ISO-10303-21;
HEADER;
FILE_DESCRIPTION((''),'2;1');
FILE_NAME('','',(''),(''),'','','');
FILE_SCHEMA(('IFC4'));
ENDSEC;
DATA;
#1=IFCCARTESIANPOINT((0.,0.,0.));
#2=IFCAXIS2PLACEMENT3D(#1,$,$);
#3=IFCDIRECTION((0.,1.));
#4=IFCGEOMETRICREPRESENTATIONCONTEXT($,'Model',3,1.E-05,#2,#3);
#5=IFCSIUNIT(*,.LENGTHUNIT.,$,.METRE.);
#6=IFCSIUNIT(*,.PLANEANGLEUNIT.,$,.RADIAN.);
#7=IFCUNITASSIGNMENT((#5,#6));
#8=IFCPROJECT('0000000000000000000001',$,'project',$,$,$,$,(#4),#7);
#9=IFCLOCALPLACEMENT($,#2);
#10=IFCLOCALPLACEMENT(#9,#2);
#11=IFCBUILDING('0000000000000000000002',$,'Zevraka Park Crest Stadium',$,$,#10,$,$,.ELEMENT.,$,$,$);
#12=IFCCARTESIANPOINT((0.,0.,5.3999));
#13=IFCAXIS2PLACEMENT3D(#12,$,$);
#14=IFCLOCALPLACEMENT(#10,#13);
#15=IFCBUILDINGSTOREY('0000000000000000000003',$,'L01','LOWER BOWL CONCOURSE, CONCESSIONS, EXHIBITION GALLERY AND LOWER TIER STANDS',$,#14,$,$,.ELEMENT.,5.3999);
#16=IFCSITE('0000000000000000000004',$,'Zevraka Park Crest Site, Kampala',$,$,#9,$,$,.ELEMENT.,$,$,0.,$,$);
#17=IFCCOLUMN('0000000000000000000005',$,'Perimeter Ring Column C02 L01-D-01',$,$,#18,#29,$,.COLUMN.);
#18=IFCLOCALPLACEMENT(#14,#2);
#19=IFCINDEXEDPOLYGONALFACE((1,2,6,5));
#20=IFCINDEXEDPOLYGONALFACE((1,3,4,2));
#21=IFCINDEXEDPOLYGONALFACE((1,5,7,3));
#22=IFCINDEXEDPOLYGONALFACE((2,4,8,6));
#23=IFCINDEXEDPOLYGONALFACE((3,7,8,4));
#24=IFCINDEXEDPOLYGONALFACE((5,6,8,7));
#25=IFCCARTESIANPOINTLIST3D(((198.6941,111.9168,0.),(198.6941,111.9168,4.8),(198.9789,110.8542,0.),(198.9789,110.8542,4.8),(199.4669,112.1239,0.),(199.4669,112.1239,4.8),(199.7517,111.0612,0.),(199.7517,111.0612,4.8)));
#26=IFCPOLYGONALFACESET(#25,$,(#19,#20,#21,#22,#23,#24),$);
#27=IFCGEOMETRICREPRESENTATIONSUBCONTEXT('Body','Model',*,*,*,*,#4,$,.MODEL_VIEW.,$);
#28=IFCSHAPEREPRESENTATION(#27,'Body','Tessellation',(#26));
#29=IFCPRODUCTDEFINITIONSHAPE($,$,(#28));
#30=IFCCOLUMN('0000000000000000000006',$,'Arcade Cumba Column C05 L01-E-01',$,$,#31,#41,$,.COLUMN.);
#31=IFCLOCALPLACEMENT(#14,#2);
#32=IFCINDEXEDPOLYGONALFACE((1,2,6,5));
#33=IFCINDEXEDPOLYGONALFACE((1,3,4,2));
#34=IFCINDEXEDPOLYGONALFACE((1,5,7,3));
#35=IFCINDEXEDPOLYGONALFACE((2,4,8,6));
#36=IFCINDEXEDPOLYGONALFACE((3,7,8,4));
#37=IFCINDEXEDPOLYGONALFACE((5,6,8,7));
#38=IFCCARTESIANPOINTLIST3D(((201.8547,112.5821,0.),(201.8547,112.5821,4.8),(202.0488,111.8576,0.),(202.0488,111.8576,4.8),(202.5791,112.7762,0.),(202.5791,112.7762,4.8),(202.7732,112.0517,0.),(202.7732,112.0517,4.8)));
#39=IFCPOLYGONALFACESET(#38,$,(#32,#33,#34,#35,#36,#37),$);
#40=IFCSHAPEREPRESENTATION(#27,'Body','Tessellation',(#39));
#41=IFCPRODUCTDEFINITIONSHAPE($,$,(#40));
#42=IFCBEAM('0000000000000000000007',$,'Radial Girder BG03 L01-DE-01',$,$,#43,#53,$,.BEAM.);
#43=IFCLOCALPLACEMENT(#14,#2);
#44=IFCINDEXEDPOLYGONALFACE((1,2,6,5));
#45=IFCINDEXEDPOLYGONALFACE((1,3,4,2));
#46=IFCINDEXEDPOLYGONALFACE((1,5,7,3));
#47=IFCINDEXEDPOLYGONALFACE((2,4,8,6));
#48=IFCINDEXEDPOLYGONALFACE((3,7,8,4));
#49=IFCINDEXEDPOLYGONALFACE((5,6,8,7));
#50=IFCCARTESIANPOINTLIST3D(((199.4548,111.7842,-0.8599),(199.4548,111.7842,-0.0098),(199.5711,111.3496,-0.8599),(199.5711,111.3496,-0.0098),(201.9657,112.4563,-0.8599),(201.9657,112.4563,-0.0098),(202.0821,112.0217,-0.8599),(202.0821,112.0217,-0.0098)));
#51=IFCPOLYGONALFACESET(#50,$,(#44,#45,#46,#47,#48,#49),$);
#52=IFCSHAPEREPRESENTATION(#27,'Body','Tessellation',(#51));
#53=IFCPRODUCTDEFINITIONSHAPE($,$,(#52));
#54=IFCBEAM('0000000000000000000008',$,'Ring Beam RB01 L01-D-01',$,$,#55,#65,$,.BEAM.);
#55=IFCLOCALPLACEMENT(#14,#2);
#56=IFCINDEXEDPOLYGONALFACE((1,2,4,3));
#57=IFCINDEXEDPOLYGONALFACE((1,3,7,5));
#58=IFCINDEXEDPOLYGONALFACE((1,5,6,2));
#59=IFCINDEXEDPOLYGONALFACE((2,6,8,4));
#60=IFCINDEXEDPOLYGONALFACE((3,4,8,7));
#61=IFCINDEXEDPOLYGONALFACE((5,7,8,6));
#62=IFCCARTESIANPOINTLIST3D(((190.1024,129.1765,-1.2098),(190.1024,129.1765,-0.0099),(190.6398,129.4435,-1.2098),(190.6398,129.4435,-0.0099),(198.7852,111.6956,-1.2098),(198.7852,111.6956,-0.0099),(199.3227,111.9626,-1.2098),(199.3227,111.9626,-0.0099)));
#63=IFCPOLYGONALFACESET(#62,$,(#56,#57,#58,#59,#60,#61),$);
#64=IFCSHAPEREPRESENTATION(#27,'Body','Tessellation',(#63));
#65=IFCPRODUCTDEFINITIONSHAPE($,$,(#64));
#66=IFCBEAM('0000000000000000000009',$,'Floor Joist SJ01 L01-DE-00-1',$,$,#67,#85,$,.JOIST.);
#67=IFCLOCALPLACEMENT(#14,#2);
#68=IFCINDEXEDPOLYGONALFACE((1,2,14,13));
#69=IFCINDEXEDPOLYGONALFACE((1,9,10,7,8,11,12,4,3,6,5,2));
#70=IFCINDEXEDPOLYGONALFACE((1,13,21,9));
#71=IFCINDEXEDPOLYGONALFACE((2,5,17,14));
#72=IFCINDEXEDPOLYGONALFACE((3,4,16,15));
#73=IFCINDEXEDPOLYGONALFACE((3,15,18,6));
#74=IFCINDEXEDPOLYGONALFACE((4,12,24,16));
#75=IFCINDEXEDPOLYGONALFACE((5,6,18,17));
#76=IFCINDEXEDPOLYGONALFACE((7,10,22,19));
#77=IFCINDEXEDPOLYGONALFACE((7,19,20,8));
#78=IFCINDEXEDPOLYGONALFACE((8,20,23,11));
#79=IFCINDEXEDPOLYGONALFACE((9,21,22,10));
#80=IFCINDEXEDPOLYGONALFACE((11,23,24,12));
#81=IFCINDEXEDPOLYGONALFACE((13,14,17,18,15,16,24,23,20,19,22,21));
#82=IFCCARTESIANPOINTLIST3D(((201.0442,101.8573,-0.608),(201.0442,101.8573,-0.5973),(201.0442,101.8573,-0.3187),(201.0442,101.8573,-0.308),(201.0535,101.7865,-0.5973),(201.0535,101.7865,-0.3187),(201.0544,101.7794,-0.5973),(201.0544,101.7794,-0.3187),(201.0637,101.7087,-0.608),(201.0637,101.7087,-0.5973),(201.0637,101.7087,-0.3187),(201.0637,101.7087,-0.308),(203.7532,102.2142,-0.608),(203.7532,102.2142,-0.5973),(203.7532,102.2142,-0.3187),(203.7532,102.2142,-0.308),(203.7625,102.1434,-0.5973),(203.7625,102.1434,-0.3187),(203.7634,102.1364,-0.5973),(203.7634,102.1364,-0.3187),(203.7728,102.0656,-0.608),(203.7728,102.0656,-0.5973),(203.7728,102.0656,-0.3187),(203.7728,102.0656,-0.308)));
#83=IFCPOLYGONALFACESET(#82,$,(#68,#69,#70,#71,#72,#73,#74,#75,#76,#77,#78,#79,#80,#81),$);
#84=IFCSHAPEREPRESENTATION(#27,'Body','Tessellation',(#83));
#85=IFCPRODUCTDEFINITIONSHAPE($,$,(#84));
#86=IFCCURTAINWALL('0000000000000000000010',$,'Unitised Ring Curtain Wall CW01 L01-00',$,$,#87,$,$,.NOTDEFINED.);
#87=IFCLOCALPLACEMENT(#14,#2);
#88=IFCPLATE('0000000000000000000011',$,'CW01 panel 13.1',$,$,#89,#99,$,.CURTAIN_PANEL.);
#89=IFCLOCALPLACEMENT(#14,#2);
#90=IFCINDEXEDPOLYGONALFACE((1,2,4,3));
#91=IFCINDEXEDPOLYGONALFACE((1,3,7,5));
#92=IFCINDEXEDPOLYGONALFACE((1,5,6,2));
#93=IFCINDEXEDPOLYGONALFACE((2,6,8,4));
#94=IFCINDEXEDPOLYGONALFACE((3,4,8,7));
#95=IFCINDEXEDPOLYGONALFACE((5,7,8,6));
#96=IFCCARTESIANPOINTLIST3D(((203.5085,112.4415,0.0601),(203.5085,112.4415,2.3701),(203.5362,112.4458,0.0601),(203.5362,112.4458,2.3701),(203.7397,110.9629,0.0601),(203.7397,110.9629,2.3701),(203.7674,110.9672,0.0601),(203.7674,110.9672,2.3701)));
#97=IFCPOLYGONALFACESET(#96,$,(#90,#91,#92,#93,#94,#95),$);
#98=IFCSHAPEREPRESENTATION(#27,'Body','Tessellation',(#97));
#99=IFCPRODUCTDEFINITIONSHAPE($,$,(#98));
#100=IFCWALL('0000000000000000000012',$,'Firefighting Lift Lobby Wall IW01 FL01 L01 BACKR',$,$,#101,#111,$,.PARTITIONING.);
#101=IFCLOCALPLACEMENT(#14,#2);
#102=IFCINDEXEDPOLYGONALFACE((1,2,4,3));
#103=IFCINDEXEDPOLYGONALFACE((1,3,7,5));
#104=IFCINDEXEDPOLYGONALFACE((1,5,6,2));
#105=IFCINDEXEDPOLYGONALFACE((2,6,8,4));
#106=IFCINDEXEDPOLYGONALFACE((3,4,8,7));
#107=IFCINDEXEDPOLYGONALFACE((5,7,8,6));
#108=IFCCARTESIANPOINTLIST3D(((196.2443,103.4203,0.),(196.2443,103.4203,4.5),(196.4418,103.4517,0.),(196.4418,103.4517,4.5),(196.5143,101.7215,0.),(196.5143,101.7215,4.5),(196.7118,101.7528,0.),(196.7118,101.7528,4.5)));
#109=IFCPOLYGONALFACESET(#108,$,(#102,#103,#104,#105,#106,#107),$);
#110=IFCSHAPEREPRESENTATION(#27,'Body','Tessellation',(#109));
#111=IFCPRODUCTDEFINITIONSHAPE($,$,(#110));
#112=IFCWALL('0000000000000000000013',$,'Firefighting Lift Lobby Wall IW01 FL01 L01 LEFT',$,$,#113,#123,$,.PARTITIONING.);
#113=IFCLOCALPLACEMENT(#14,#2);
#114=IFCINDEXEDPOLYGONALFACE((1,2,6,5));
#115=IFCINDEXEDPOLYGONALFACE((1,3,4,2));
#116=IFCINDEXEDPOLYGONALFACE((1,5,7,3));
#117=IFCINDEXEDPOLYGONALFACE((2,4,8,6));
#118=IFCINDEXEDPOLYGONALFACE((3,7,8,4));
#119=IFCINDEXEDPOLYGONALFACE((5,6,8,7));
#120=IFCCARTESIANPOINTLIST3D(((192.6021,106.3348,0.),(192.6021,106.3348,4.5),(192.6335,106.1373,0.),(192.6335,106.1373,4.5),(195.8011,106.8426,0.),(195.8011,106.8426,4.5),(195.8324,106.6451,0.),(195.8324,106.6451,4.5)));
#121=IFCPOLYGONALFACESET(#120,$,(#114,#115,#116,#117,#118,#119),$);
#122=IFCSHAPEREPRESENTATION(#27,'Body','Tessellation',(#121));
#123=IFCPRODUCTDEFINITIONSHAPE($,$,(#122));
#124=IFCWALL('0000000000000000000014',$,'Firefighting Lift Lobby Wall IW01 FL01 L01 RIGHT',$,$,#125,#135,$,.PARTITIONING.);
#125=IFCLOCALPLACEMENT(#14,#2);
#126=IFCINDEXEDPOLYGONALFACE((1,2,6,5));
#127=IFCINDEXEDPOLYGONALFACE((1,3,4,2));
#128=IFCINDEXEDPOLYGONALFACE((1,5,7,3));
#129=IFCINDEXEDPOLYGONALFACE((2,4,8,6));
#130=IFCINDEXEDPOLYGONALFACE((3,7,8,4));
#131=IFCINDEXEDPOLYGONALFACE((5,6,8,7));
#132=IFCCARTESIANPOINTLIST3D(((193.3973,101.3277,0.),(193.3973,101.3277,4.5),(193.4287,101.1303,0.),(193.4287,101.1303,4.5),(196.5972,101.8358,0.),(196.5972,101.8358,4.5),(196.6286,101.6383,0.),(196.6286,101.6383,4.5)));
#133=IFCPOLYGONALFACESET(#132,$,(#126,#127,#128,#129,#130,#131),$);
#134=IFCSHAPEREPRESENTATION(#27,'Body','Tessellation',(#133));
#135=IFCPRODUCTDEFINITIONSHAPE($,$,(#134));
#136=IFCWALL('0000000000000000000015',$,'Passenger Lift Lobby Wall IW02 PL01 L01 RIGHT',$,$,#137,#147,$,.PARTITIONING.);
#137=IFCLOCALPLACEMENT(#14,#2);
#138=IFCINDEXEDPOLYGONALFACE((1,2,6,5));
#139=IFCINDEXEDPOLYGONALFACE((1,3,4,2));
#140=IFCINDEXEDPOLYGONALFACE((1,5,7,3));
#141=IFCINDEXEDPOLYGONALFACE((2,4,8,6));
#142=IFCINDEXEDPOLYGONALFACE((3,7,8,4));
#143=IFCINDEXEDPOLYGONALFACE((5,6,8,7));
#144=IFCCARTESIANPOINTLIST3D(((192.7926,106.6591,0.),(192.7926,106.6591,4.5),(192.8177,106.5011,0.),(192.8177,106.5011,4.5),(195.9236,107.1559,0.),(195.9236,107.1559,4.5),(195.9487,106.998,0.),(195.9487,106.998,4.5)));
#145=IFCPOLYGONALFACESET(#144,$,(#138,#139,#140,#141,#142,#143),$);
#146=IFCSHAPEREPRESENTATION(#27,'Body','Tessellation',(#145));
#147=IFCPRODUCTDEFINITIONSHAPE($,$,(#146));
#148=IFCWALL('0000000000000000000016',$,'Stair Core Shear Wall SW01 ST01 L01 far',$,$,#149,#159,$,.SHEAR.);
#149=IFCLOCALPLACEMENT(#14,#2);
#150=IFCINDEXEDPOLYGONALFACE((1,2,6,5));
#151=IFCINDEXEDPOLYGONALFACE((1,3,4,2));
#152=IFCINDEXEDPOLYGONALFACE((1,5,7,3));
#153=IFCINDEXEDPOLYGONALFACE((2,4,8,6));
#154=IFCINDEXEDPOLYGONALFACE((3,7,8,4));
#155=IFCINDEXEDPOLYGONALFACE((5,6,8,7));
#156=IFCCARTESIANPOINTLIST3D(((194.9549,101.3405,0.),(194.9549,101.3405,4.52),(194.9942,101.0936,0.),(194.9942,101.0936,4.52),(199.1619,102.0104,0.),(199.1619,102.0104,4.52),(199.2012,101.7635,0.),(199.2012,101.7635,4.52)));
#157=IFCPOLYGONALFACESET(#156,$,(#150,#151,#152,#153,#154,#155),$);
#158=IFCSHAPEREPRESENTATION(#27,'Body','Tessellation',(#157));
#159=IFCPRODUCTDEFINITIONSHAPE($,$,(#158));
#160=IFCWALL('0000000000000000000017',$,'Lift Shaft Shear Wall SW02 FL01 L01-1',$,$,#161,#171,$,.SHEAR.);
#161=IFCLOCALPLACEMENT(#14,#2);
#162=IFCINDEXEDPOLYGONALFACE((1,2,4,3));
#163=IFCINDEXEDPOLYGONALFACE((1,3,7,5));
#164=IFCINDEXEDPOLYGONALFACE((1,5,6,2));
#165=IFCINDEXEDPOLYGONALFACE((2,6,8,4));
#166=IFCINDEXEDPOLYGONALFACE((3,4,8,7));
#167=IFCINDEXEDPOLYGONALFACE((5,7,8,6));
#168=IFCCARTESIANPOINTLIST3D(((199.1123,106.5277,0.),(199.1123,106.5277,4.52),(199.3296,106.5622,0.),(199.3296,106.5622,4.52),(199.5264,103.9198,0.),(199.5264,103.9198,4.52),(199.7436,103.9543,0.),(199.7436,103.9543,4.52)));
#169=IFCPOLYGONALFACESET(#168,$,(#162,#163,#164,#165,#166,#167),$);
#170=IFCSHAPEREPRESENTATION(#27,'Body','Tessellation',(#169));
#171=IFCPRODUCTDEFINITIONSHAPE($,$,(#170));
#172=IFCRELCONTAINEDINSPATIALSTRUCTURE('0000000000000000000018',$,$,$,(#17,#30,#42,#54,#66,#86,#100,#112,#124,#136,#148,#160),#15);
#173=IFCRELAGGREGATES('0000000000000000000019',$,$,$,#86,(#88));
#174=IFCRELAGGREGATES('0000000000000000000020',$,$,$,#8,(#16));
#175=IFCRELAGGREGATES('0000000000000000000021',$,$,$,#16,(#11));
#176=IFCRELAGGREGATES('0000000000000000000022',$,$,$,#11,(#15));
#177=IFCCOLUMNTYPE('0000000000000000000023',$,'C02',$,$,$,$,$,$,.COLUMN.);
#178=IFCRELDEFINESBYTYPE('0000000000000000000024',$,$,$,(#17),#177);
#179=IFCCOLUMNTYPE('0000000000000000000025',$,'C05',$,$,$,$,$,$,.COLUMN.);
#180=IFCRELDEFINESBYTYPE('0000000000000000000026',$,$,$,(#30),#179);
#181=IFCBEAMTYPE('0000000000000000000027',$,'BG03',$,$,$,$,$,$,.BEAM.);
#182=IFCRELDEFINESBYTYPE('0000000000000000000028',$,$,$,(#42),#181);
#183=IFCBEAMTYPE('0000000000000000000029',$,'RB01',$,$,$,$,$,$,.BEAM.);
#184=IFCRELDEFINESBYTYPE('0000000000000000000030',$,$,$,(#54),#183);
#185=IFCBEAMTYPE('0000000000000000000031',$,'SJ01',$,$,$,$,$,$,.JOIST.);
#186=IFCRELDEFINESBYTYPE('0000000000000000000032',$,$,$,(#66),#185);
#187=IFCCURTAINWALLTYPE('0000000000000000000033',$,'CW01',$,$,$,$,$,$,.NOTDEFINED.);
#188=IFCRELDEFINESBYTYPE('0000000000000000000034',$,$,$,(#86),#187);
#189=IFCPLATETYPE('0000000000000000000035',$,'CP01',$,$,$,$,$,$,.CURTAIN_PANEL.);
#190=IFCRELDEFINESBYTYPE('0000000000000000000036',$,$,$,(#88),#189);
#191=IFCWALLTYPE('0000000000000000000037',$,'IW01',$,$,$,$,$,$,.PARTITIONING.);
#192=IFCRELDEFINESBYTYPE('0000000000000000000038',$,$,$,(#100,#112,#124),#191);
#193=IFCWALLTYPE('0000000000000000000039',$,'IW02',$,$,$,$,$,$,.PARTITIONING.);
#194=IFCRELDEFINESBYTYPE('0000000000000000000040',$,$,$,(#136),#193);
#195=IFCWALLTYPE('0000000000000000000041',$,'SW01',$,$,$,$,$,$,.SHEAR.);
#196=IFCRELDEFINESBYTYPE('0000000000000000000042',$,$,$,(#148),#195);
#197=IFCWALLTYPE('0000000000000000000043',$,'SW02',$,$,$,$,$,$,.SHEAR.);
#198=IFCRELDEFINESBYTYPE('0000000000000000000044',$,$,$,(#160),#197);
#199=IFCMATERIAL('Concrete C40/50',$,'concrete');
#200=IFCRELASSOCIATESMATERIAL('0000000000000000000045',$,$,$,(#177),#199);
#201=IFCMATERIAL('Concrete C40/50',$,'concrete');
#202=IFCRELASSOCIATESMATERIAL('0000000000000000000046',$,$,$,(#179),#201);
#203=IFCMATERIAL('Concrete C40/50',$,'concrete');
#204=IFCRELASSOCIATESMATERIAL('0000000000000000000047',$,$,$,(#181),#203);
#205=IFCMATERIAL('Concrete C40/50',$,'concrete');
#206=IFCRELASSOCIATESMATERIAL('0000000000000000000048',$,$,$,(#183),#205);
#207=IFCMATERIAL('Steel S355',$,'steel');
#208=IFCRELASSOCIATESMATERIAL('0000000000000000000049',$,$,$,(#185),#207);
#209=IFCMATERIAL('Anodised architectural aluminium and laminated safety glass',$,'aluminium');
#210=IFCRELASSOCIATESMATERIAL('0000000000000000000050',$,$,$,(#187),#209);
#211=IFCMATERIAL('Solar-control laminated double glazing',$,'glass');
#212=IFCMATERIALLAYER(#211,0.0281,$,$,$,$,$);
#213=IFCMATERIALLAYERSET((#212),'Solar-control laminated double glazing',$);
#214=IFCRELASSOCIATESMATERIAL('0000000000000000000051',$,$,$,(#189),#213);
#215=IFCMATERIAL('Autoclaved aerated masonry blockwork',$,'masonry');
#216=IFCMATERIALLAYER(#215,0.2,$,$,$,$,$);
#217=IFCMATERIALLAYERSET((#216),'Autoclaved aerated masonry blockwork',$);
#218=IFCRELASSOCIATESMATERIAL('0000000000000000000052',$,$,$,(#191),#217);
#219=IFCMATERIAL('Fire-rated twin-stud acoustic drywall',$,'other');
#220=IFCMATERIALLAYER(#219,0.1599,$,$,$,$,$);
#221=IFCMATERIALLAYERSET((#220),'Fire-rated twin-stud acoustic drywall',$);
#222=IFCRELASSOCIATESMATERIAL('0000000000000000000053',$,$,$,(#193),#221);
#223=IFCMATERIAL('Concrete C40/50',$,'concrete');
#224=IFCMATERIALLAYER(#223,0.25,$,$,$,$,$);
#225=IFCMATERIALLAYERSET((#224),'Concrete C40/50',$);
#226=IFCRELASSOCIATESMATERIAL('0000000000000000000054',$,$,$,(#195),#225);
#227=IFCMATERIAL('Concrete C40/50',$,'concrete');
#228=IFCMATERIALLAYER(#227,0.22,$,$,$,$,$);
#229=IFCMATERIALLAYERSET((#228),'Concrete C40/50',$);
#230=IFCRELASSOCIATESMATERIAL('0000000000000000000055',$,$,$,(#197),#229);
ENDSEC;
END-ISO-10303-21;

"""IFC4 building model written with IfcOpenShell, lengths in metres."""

from ifc_helpers import new_model, si_unit, direction, frame, frame_2d, origin, origin_2d, place, context, subcontext, project, spatial, rectangle, i_section, extrude, material, layer, layer_set, material_profile, profile_set, type_object, element, aggregate, save


model = new_model("IFC4")

# Units and contexts
model_context = context("Model", 3, precision=1e-05, world=origin(), true_north=direction((0.0, 1.0)))
body_context = subcontext(model_context, "Body", "Model", "MODEL_VIEW")
ifc_project = project(units=[si_unit("LENGTHUNIT", "METRE"), si_unit("PLANEANGLEUNIT", "RADIAN")], contexts=[model_context])

# Site, building, storey
site_placement = place(None, origin())
site = spatial("IfcSite", under=ifc_project, at=site_placement, Name="Zevraka Park Crest Site, Kampala", CompositionType="ELEMENT", RefElevation=0.0)
building_placement = place(site_placement, origin())
building = spatial("IfcBuilding", under=site, at=building_placement, Name="Zevraka Park Crest Stadium", CompositionType="ELEMENT")
storey_placement = place(building_placement, frame((0.0, 0.0, 5.3999)))
storey = spatial("IfcBuildingStorey", under=building, at=storey_placement, Name="L01", Description="LOWER BOWL CONCOURSE, CONCESSIONS, EXHIBITION GALLERY AND LOWER TIER STANDS", CompositionType="ELEMENT", Elevation=5.3999)

# Columns
ifc_material_1 = material(Name="Concrete C40/50", Category="concrete")
ifc_material_profile_1 = material_profile(ifc_material_1, rectangle(XDim=0.8, YDim=1.1001, at=origin_2d()), Name="RC 1100x800")
ifc_profile_set_1 = profile_set([ifc_material_profile_1], Name="Concrete C40/50")
column_type_1 = type_object("IfcColumnType", Name="C02", PredefinedType="COLUMN", material=ifc_profile_set_1)
column_1_placement = place(storey_placement, frame((199.2229, 111.489, 0.0), z_axis=(0.0, 0.0, 1.0), x_axis=(0.965926, 0.258819, 0.0)))
element("IfcColumn", 1, at=column_1_placement, inside=storey, type_object=column_type_1, Name="Perimeter Ring Column C02 L01-D-01", PredefinedType="COLUMN", context=body_context, shape_type="SweptSolid", body=[
    extrude(rectangle(XDim=0.8, YDim=1.1001, at=origin_2d()), origin(), (0.0, 0.0, 1.0), 4.8),
])
ifc_material_2 = material(Name="Concrete C40/50", Category="concrete")
ifc_material_profile_2 = material_profile(ifc_material_2, rectangle(XDim=0.75, YDim=0.75, at=origin_2d()), Name="RC 750x750")
ifc_profile_set_2 = profile_set([ifc_material_profile_2], Name="Concrete C40/50")
column_type_2 = type_object("IfcColumnType", Name="C05", PredefinedType="COLUMN", material=ifc_profile_set_2)
column_2_placement = place(storey_placement, frame((202.314, 112.3169, 0.0), z_axis=(0.0, 0.0, 1.0), x_axis=(0.965926, 0.258819, 0.0)))
element("IfcColumn", 2, at=column_2_placement, inside=storey, type_object=column_type_2, Name="Arcade Cumba Column C05 L01-E-01", PredefinedType="COLUMN", context=body_context, shape_type="SweptSolid", body=[
    extrude(rectangle(XDim=0.75, YDim=0.75, at=origin_2d()), origin(), (0.0, 0.0, 1.0), 4.8),
])

# Beams
ifc_material_3 = material(Name="Concrete C40/50", Category="concrete")
ifc_material_profile_3 = material_profile(ifc_material_3, rectangle(XDim=0.45, YDim=0.8501, at=origin_2d()), Name="RC 850x450")
ifc_profile_set_3 = profile_set([ifc_material_profile_3], Name="Concrete C40/50")
beam_type_1 = type_object("IfcBeamType", Name="BG03", PredefinedType="BEAM", material=ifc_profile_set_3)
beam_1_placement = place(storey_placement, frame((199.5129, 111.5669, -0.4348), z_axis=(0.965993, 0.258569, 0.0), x_axis=(-0.258569, 0.965993, 0.0)))
element("IfcBeam", 3, at=beam_1_placement, inside=storey, type_object=beam_type_1, Name="Radial Girder BG03 L01-DE-01", PredefinedType="BEAM", context=body_context, shape_type="SweptSolid", body=[
    extrude(rectangle(XDim=0.45, YDim=0.8501, at=origin_2d()), origin(), (0.0, 0.0, 1.0), 2.5994),
])
ifc_material_4 = material(Name="Concrete C40/50", Category="concrete")
ifc_material_profile_4 = material_profile(ifc_material_4, rectangle(XDim=0.6001, YDim=1.2, at=origin_2d()), Name="RC 1200x600")
ifc_profile_set_4 = profile_set([ifc_material_profile_4], Name="Concrete C40/50")
beam_type_2 = type_object("IfcBeamType", Name="RB01", PredefinedType="BEAM", material=ifc_profile_set_4)
beam_2_placement = place(storey_placement, frame((199.054, 111.8291, -0.6099), z_axis=(-0.444851, 0.895605, 0.0), x_axis=(-0.895605, -0.444851, 0.0)))
element("IfcBeam", 4, at=beam_2_placement, inside=storey, type_object=beam_type_2, Name="Ring Beam RB01 L01-D-01", PredefinedType="BEAM", context=body_context, shape_type="SweptSolid", body=[
    extrude(rectangle(XDim=0.6001, YDim=1.2, at=origin_2d()), origin(), (0.0, 0.0, 1.0), 19.5186),
])
ifc_material_5 = material(Name="Steel S355", Category="steel")
ifc_material_profile_5 = material_profile(ifc_material_5, i_section(OverallWidth=0.1499, OverallDepth=0.3, WebThickness=0.0071, FlangeThickness=0.0107, at=origin_2d()), Name="IPE 300")
ifc_profile_set_5 = profile_set([ifc_material_profile_5], Name="Steel S355")
beam_type_3 = type_object("IfcBeamType", Name="SJ01", PredefinedType="JOIST", material=ifc_profile_set_5)
beam_3_placement = place(storey_placement, frame((201.054, 101.783, -0.458), z_axis=(0.991431, 0.13063, 0.0), x_axis=(-0.13063, 0.991431, 0.0)))
element("IfcBeam", 5, at=beam_3_placement, inside=storey, type_object=beam_type_3, Name="Floor Joist SJ01 L01-DE-00-1", PredefinedType="JOIST", context=body_context, shape_type="SweptSolid", body=[
    extrude(i_section(OverallWidth=0.1499, OverallDepth=0.3, WebThickness=0.0071, FlangeThickness=0.0107, at=origin_2d()), origin(), (0.0, 0.0, 1.0), 2.7324),
])

# Curtain wall, plate
ifc_material_6 = material(Name="Anodised architectural aluminium and laminated safety glass", Category="aluminium")
curtain_wall_type = type_object("IfcCurtainWallType", Name="CW01", PredefinedType="NOTDEFINED", material=ifc_material_6)
curtain_wall_placement = place(storey_placement, origin())
curtain_wall = element("IfcCurtainWall", 6, at=curtain_wall_placement, inside=storey, type_object=curtain_wall_type, Name="Unitised Ring Curtain Wall CW01 L01-00", PredefinedType="NOTDEFINED")
ifc_material_7 = material(Name="Solar-control laminated double glazing", Category="glass")
ifc_layer_1 = layer(ifc_material_7, 0.0281)
ifc_layer_set_1 = layer_set([ifc_layer_1], Name="Solar-control laminated double glazing")
plate_type = type_object("IfcPlateType", Name="CP01", PredefinedType="CURTAIN_PANEL", material=ifc_layer_set_1)
plate_placement = place(storey_placement, frame((203.6379, 111.7043, 0.0601), z_axis=(0.0, 0.0, 1.0), x_axis=(-0.154476, 0.987997, 0.0)))
plate = element("IfcPlate", 7, at=plate_placement, type_object=plate_type, Name="CW01 panel 13.1", PredefinedType="CURTAIN_PANEL", context=body_context, shape_type="SweptSolid", body=[
    extrude(rectangle(XDim=1.4966, YDim=0.0281, at=origin_2d()), origin(), (0.0, 0.0, 1.0), 2.3101),
])
aggregate(curtain_wall, [plate])

# Walls
ifc_material_8 = material(Name="Autoclaved aerated masonry blockwork", Category="masonry")
ifc_layer_2 = layer(ifc_material_8, 0.2)
ifc_layer_set_2 = layer_set([ifc_layer_2], Name="Autoclaved aerated masonry blockwork")
wall_type_1 = type_object("IfcWallType", Name="IW01", PredefinedType="PARTITIONING", material=ifc_layer_set_2)
wall_1_placement = place(storey_placement, frame((196.343, 103.436, 0.0), z_axis=(0.0, 0.0, 1.0), x_axis=(0.156961, -0.987605, 0.0)))
element("IfcWall", 8, at=wall_1_placement, inside=storey, type_object=wall_type_1, Name="Firefighting Lift Lobby Wall IW01 FL01 L01 BACKR", PredefinedType="PARTITIONING", context=body_context, shape_type="SweptSolid", body=[
    extrude(rectangle(XDim=1.7202, YDim=0.2, at=frame_2d((0.8601, 0.0))), origin(), (0.0, 0.0, 1.0), 4.5),
])
wall_2_placement = place(storey_placement, frame((195.8169, 106.7439, 0.0), z_axis=(0.0, 0.0, 1.0), x_axis=(-0.987634, -0.156779, 0.0)))
element("IfcWall", 9, at=wall_2_placement, inside=storey, type_object=wall_type_1, Name="Firefighting Lift Lobby Wall IW01 FL01 L01 LEFT", PredefinedType="PARTITIONING", context=body_context, shape_type="SweptSolid", body=[
    extrude(rectangle(XDim=3.239, YDim=0.2, at=frame_2d((1.6196, 0.0))), origin(), (0.0, 0.0, 1.0), 4.5),
])
wall_3_placement = place(storey_placement, frame((196.613, 101.7371, 0.0), z_axis=(0.0, 0.0, 1.0), x_axis=(-0.987629, -0.156806, 0.0)))
element("IfcWall", 10, at=wall_3_placement, inside=storey, type_object=wall_type_1, Name="Firefighting Lift Lobby Wall IW01 FL01 L01 RIGHT", PredefinedType="PARTITIONING", context=body_context, shape_type="SweptSolid", body=[
    extrude(rectangle(XDim=3.24, YDim=0.2, at=frame_2d((1.6201, 0.0))), origin(), (0.0, 0.0, 1.0), 4.5),
])
ifc_material_9 = material(Name="Fire-rated twin-stud acoustic drywall", Category="other")
ifc_layer_3 = layer(ifc_material_9, 0.1599)
ifc_layer_set_3 = layer_set([ifc_layer_3], Name="Fire-rated twin-stud acoustic drywall")
wall_type_2 = type_object("IfcWallType", Name="IW02", PredefinedType="PARTITIONING", material=ifc_layer_set_3)
wall_4_placement = place(storey_placement, frame((195.936, 107.0769, 0.0), z_axis=(0.0, 0.0, 1.0), x_axis=(-0.987644, -0.156714, 0.0)))
element("IfcWall", 11, at=wall_4_placement, inside=storey, type_object=wall_type_2, Name="Passenger Lift Lobby Wall IW02 PL01 L01 RIGHT", PredefinedType="PARTITIONING", context=body_context, shape_type="SweptSolid", body=[
    extrude(rectangle(XDim=3.1702, YDim=0.1599, at=frame_2d((1.585, 0.0))), origin(), (0.0, 0.0, 1.0), 4.5),
])
ifc_material_10 = material(Name="Concrete C40/50", Category="concrete")
ifc_layer_4 = layer(ifc_material_10, 0.25)
ifc_layer_set_4 = layer_set([ifc_layer_4], Name="Concrete C40/50")
wall_type_3 = type_object("IfcWallType", Name="SW01", PredefinedType="SHEAR", material=ifc_layer_set_4)
wall_5_placement = place(storey_placement, frame((199.1814, 101.887, 0.0), z_axis=(0.0, 0.0, 1.0), x_axis=(-0.987558, -0.157257, 0.0)))
element("IfcWall", 12, at=wall_5_placement, inside=storey, type_object=wall_type_3, Name="Stair Core Shear Wall SW01 ST01 L01 far", PredefinedType="SHEAR", context=body_context, shape_type="SweptSolid", body=[
    extrude(rectangle(XDim=4.26, YDim=0.25, at=frame_2d((2.1299, 0.0))), origin(), (0.0, 0.0, 1.0), 4.52),
])
ifc_material_11 = material(Name="Concrete C40/50", Category="concrete")
ifc_layer_5 = layer(ifc_material_11, 0.22)
ifc_layer_set_5 = layer_set([ifc_layer_5], Name="Concrete C40/50")
wall_type_4 = type_object("IfcWallType", Name="SW02", PredefinedType="SHEAR", material=ifc_layer_set_5)
wall_6_placement = place(storey_placement, frame((199.635, 103.937, 0.0), z_axis=(0.0, 0.0, 1.0), x_axis=(-0.156808, 0.987629, 0.0)))
element("IfcWall", 13, at=wall_6_placement, inside=storey, type_object=wall_type_4, Name="Lift Shaft Shear Wall SW02 FL01 L01-1", PredefinedType="SHEAR", context=body_context, shape_type="SweptSolid", body=[
    extrude(rectangle(XDim=2.6406, YDim=0.22, at=frame_2d((1.3203, 0.0))), origin(), (0.0, 0.0, 1.0), 4.52),
])

save(model, "model.ifc")
